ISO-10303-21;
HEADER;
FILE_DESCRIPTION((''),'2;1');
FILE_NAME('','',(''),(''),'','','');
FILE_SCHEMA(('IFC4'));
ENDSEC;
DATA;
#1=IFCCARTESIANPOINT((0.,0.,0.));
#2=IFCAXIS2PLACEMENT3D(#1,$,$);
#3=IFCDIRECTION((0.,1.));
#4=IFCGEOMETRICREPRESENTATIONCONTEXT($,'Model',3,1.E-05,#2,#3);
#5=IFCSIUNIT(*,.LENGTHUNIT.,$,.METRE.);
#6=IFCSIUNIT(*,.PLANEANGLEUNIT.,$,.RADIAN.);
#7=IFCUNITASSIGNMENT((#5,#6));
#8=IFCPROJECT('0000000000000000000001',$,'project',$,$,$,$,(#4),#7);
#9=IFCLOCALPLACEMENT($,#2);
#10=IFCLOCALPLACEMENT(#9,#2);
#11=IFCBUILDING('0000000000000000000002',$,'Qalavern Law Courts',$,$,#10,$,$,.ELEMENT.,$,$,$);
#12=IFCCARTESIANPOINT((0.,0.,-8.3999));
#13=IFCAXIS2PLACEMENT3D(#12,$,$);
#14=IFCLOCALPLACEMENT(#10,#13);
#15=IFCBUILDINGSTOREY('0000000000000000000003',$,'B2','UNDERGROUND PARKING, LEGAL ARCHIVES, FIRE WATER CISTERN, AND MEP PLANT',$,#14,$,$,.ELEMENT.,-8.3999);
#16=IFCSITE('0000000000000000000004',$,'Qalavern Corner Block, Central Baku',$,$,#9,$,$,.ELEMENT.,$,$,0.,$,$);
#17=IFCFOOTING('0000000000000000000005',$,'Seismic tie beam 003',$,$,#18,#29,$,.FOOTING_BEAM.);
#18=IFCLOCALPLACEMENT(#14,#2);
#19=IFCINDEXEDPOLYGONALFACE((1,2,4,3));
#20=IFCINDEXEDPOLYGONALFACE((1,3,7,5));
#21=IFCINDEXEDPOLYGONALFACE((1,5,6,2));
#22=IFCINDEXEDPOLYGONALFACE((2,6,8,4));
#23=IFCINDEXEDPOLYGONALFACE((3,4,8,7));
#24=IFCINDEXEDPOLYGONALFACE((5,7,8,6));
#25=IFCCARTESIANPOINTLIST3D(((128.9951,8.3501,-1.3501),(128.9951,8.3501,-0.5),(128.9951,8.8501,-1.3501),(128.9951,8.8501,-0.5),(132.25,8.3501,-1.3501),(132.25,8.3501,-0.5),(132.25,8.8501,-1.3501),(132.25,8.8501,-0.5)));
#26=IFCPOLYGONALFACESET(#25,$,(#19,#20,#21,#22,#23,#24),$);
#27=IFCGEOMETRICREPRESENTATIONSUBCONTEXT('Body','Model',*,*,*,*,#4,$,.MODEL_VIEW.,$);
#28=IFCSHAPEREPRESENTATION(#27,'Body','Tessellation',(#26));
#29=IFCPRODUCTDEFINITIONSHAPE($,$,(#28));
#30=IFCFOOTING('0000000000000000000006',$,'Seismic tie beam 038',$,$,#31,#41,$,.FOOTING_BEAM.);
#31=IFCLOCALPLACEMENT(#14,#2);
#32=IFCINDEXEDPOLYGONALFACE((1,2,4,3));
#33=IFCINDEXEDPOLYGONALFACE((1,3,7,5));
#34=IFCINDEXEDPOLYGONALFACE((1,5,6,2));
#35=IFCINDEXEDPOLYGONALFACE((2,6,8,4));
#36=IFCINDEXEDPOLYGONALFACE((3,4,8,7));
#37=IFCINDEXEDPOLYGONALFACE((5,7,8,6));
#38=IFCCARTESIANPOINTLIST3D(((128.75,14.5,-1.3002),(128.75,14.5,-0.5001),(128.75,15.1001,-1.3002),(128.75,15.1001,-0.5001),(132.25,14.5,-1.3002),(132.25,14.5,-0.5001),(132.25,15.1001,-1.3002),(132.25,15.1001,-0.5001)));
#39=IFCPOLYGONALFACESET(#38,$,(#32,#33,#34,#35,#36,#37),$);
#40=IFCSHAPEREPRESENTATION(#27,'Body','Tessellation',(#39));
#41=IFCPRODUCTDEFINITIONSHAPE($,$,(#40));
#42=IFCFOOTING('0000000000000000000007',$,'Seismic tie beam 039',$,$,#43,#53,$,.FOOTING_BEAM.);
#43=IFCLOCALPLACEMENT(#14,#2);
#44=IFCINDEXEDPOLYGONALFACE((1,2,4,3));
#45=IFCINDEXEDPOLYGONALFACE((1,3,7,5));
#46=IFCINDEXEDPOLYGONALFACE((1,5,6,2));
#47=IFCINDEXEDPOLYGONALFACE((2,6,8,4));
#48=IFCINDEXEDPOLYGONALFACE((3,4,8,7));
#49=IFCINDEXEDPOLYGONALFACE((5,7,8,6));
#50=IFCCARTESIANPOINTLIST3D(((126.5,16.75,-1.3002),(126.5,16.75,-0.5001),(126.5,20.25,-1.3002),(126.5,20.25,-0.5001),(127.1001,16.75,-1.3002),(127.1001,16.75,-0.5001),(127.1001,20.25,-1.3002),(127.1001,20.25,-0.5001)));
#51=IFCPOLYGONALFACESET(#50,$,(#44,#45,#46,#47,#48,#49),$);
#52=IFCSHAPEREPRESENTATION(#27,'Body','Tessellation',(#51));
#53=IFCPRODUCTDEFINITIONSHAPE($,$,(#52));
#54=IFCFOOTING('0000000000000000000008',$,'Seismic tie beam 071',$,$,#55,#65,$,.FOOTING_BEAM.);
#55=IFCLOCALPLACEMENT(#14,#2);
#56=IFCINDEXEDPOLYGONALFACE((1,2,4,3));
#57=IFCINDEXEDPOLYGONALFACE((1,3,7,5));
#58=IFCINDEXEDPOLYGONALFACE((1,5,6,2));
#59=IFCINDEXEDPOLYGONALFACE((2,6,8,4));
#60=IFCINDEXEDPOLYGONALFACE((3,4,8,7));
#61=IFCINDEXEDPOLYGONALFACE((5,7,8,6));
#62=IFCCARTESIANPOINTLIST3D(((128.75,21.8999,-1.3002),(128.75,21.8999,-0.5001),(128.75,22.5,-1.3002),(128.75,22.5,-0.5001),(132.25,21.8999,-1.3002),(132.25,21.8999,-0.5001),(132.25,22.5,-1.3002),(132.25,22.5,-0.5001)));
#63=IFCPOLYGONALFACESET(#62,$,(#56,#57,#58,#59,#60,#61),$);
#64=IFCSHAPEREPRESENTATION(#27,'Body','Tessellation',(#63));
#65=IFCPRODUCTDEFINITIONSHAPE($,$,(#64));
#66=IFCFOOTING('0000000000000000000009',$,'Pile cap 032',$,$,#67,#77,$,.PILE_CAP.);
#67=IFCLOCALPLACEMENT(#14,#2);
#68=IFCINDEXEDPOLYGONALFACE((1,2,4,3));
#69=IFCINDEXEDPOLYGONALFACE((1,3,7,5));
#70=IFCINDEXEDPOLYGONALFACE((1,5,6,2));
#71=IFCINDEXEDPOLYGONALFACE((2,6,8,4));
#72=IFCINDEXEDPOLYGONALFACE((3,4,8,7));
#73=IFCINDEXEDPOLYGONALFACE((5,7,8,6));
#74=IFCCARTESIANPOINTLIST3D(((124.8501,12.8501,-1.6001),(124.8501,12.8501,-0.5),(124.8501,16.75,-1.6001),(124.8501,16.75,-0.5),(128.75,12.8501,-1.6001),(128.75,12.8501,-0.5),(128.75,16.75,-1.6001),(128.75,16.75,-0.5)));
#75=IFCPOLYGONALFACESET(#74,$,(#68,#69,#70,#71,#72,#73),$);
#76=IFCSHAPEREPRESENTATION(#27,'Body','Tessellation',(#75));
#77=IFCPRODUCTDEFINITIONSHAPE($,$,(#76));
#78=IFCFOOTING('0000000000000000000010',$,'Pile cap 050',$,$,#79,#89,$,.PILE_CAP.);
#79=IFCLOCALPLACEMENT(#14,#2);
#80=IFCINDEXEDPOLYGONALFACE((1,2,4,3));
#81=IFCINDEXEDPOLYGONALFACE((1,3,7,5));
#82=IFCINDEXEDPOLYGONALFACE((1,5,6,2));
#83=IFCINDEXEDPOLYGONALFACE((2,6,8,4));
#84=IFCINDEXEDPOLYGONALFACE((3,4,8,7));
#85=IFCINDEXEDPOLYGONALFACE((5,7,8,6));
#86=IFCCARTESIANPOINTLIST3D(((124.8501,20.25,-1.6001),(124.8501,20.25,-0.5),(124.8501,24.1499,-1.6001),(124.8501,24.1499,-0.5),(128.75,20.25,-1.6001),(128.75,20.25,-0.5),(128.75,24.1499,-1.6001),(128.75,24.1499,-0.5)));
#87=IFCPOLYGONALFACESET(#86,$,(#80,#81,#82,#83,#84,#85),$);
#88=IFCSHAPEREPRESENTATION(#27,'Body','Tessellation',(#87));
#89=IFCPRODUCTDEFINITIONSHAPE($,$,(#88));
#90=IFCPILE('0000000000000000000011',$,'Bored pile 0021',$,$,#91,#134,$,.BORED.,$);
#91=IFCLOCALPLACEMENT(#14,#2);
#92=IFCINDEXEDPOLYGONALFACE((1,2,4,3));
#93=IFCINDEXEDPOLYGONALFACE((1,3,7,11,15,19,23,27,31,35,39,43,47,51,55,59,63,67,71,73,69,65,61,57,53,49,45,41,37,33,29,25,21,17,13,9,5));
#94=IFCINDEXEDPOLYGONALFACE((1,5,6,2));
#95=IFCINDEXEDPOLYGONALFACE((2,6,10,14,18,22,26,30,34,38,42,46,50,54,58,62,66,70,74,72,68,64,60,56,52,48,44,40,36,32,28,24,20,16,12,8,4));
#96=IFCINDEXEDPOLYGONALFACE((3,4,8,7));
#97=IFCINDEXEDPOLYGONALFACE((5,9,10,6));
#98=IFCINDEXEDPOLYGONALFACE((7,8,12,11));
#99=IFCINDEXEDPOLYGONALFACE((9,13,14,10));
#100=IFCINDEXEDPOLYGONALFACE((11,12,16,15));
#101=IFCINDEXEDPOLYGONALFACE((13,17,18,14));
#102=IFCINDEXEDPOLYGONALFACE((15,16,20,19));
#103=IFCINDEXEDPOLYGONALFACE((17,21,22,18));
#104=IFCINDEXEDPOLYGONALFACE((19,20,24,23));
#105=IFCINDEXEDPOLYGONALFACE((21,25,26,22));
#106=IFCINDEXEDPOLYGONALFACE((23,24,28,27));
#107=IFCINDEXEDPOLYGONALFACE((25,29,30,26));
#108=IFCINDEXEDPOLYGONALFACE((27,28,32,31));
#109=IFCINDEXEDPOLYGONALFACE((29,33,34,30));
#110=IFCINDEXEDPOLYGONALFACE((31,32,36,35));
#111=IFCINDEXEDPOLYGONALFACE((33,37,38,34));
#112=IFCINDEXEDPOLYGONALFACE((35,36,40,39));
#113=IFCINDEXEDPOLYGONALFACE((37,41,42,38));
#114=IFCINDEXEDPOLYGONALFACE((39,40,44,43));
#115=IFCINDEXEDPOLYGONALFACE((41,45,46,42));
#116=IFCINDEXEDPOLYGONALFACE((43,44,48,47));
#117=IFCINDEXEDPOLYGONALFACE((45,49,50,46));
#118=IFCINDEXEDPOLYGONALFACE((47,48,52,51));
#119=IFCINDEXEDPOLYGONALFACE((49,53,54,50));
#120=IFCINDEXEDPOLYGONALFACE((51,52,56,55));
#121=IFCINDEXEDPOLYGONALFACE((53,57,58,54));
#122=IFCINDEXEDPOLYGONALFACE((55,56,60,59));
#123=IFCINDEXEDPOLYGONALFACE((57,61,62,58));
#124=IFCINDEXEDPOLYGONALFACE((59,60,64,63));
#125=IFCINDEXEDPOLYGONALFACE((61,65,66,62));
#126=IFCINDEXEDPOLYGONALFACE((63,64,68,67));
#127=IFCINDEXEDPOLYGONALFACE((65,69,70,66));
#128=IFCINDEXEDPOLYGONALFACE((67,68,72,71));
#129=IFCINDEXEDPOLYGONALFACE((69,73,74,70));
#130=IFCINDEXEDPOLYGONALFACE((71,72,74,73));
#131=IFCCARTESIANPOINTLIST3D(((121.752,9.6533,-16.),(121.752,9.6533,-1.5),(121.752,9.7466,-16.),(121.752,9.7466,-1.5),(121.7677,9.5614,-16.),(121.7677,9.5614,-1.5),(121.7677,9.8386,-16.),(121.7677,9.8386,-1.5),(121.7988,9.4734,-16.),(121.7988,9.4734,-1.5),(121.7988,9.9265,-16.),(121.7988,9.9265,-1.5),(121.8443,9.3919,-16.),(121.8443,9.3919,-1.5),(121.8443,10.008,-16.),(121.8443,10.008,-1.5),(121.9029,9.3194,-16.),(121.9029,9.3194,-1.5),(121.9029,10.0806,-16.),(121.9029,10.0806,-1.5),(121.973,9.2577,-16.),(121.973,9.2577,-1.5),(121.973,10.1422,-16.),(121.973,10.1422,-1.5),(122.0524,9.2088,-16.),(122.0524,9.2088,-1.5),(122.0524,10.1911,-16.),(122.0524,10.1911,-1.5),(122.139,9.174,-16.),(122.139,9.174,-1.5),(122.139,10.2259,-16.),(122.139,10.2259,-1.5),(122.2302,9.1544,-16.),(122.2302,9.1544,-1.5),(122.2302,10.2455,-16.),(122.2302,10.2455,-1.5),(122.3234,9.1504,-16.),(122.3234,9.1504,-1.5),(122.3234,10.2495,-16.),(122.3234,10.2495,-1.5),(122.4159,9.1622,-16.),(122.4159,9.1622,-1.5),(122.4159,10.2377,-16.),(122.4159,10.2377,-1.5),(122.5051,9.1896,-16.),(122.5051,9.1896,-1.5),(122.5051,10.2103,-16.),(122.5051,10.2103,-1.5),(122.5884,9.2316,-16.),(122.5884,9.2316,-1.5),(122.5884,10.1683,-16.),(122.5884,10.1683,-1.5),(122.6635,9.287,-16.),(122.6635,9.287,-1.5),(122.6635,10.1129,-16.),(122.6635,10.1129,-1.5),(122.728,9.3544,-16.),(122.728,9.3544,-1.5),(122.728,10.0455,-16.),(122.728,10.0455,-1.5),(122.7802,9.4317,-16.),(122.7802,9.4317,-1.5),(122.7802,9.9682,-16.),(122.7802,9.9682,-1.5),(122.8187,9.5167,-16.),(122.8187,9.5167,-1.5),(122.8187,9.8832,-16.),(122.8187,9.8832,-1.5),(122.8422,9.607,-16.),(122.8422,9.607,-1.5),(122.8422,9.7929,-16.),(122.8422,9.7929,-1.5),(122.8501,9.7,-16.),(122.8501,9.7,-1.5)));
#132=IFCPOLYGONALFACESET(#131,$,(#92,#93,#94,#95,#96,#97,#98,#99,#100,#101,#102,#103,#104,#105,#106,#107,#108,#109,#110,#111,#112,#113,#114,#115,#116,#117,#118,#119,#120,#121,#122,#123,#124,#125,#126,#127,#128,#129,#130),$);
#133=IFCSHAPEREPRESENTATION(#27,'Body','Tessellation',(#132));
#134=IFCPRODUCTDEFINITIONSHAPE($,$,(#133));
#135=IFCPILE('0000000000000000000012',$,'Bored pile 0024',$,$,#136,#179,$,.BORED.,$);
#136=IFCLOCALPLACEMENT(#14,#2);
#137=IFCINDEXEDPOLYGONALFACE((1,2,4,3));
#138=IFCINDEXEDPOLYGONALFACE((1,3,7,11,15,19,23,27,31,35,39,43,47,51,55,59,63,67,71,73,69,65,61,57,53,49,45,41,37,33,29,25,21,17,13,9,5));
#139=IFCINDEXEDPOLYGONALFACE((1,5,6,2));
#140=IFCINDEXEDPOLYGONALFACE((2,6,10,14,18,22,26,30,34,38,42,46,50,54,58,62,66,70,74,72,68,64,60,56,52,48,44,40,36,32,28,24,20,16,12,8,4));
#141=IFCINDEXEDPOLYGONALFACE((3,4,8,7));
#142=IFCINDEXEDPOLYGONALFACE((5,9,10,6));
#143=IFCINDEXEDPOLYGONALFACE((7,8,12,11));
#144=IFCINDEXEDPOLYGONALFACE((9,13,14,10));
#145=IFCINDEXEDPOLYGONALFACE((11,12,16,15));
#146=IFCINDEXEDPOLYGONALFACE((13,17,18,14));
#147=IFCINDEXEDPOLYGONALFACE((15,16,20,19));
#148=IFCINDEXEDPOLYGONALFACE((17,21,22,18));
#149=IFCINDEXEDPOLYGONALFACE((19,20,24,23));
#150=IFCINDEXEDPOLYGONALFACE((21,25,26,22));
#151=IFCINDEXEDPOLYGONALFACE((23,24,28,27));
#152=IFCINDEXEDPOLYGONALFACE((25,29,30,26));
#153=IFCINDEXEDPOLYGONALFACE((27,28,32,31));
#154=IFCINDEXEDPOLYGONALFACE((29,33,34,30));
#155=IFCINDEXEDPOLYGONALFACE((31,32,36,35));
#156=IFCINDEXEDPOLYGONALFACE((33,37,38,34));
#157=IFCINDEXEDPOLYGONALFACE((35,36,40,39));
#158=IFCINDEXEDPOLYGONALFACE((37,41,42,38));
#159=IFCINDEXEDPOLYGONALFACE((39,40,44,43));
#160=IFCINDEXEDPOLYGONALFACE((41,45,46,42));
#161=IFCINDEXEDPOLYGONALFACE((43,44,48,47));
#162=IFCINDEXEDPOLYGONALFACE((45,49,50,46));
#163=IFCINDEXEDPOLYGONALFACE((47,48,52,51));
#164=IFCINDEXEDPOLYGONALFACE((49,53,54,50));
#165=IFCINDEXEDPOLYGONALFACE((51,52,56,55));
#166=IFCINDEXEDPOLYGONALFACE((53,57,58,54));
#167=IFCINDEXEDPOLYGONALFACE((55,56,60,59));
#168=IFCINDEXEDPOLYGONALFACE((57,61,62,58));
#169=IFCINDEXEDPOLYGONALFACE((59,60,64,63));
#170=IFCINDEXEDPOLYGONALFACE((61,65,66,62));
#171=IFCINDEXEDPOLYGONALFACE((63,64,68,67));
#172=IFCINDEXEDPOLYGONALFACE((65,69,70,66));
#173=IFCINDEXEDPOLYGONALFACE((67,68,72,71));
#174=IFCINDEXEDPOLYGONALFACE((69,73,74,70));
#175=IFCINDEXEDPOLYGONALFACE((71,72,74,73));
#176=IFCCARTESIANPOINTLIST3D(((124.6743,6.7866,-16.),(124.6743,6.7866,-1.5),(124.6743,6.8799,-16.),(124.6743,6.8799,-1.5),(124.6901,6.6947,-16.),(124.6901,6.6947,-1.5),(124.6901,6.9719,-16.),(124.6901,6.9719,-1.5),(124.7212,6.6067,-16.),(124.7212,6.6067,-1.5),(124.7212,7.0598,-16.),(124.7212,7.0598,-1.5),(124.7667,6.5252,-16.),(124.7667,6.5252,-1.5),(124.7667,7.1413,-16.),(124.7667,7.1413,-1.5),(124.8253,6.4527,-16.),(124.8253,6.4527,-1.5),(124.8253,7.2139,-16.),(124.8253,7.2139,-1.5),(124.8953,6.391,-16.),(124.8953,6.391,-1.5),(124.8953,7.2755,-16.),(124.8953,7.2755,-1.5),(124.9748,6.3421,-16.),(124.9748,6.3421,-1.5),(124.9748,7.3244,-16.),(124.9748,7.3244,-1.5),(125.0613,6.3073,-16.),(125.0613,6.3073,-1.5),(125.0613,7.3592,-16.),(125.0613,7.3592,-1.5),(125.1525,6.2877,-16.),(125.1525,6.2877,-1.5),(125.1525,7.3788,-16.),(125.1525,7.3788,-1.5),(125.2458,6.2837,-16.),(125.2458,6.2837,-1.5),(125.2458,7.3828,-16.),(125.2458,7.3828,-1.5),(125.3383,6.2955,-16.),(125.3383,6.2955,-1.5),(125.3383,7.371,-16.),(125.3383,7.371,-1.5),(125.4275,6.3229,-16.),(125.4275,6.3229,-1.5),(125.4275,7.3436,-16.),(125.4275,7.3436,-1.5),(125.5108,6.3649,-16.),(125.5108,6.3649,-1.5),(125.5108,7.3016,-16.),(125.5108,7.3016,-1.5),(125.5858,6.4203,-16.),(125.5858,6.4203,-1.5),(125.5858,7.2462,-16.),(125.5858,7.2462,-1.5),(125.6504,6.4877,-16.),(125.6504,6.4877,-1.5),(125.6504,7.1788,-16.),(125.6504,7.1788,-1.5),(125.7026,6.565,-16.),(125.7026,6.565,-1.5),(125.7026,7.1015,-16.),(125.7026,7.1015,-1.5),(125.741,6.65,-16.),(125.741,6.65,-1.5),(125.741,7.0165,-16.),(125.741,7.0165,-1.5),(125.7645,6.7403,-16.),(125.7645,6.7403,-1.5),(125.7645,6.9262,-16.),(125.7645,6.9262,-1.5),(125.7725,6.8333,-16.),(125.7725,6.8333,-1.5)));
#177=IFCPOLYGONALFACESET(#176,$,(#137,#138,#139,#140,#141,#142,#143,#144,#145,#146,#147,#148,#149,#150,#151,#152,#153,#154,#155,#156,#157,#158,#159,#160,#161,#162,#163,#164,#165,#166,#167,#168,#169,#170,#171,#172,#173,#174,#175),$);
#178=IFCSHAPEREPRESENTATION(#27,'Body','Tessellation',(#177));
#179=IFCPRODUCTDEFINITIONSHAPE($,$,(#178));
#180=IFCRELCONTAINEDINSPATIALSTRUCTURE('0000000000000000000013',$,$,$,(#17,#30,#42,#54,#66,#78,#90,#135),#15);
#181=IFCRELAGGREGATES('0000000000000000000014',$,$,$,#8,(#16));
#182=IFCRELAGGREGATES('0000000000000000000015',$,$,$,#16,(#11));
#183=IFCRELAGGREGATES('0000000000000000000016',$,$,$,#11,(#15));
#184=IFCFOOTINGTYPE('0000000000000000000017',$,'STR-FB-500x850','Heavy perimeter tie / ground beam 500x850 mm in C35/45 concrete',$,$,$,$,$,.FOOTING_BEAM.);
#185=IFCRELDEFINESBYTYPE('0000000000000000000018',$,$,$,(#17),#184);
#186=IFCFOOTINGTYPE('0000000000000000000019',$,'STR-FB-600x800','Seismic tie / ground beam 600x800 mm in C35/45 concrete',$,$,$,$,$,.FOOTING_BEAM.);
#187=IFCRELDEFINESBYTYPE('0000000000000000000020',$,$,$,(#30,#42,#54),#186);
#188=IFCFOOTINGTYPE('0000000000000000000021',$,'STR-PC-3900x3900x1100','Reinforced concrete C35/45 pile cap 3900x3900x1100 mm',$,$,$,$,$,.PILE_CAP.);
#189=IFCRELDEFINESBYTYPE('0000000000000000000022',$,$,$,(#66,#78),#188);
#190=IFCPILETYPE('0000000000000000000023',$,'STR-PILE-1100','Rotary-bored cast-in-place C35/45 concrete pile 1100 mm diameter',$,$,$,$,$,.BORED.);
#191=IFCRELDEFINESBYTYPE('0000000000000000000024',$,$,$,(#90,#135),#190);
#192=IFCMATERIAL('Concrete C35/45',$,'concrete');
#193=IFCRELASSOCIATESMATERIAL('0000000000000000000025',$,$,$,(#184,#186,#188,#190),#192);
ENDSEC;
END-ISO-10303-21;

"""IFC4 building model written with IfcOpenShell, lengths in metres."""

from ifc_helpers import new_model, si_unit, direction, frame, origin, origin_2d, place, context, subcontext, project, spatial, rectangle, circle, extrude, material, material_profile, profile_set, type_object, element, save


model = new_model("IFC4")

# Units and contexts
model_context = context("Model", 3, precision=1e-05, world=origin(), true_north=direction((0.0, 1.0)))
body_context = subcontext(model_context, "Body", "Model", "MODEL_VIEW")
ifc_project = project(units=[si_unit("LENGTHUNIT", "METRE"), si_unit("PLANEANGLEUNIT", "RADIAN")], contexts=[model_context])

# Site, building, storey
site_placement = place(None, origin())
site = spatial("IfcSite", under=ifc_project, at=site_placement, Name="Qalavern Corner Block, Central Baku", CompositionType="ELEMENT", RefElevation=0.0)
building_placement = place(site_placement, origin())
building = spatial("IfcBuilding", under=site, at=building_placement, Name="Qalavern Law Courts", CompositionType="ELEMENT")
storey_placement = place(building_placement, frame((0.0, 0.0, -8.3999)))
storey = spatial("IfcBuildingStorey", under=building, at=storey_placement, Name="B2", Description="UNDERGROUND PARKING, LEGAL ARCHIVES, FIRE WATER CISTERN, AND MEP PLANT", CompositionType="ELEMENT", Elevation=-8.3999)

# Footings
ifc_material_1 = material(Name="Concrete C35/45", Category="concrete")
ifc_material_profile_1 = material_profile(ifc_material_1, rectangle(XDim=0.5, YDim=0.8501, at=origin_2d()), Name="RC 500x850")
ifc_profile_set_1 = profile_set([ifc_material_profile_1], Name="Concrete C35/45")
footing_type_1 = type_object("IfcFootingType", Name="STR-FB-500x850", Description="Heavy perimeter tie / ground beam 500x850 mm in C35/45 concrete", PredefinedType="FOOTING_BEAM", material=ifc_profile_set_1)
footing_placement = place(storey_placement, frame((128.9951, 8.6001, -0.925), z_axis=(1.0, 0.0, 0.0), x_axis=(0.0, 1.0, 0.0)))
element("IfcFooting", 1, at=footing_placement, inside=storey, type_object=footing_type_1, Name="Seismic tie beam 003", PredefinedType="FOOTING_BEAM", context=body_context, shape_type="SweptSolid", body=[
    extrude(rectangle(XDim=0.5, YDim=0.8501, at=origin_2d()), origin(), (0.0, 0.0, 1.0), 3.2549),
])
ifc_material_profile_2 = material_profile(ifc_material_1, rectangle(XDim=0.6001, YDim=0.8, at=origin_2d()), Name="RC 600x800")
ifc_profile_set_2 = profile_set([ifc_material_profile_2], Name="Concrete C35/45")
footing_type_2 = type_object("IfcFootingType", Name="STR-FB-600x800", Description="Seismic tie / ground beam 600x800 mm in C35/45 concrete", PredefinedType="FOOTING_BEAM", material=ifc_profile_set_2)
for number, where, z_axis, x_axis, name in (
    (2, (128.75, 14.8, -0.9001), (1.0, 0.0, 0.0), (0.0, 1.0, 0.0), "Seismic tie beam 038"),
    (3, (126.8, 16.75, -0.9001), (0.0, 1.0, 0.0), (-1.0, 0.0, 0.0), "Seismic tie beam 039"),
    (4, (128.75, 22.2, -0.9001), (1.0, 0.0, 0.0), (0.0, 1.0, 0.0), "Seismic tie beam 071"),
):
    element("IfcFooting", number, at=place(storey_placement, frame(where, z_axis=z_axis, x_axis=x_axis)), inside=storey, type_object=footing_type_2, Name=name, PredefinedType="FOOTING_BEAM", context=body_context, shape_type="SweptSolid", body=[
        extrude(rectangle(XDim=0.6001, YDim=0.8, at=origin_2d()), origin(), (0.0, 0.0, 1.0), 3.5),
    ])
footing_type_3 = type_object("IfcFootingType", Name="STR-PC-3900x3900x1100", Description="Reinforced concrete C35/45 pile cap 3900x3900x1100 mm", PredefinedType="PILE_CAP", material=ifc_material_1)
for number, where, z_axis, x_axis, name in (
    (5, (126.8, 14.8, -1.6001), (0.0, 0.0, 1.0), (1.0, 0.0, 0.0), "Pile cap 032"),
    (6, (126.8, 22.2, -1.6001), (0.0, 0.0, 1.0), (1.0, 0.0, 0.0), "Pile cap 050"),
):
    element("IfcFooting", number, at=place(storey_placement, frame(where, z_axis=z_axis, x_axis=x_axis)), inside=storey, type_object=footing_type_3, Name=name, PredefinedType="PILE_CAP", context=body_context, shape_type="SweptSolid", body=[
        extrude(rectangle(XDim=3.8999, YDim=3.8999, at=origin_2d()), origin(), (0.0, 0.0, 1.0), 1.1001),
    ])

# Piles
ifc_material_profile_3 = material_profile(ifc_material_1, circle(Radius=0.55, at=origin_2d()), Name="BORED PILE 1100")
ifc_profile_set_3 = profile_set([ifc_material_profile_3], Name="Concrete C35/45")
pile_type_1 = type_object("IfcPileType", Name="STR-PILE-1100", Description="Rotary-bored cast-in-place C35/45 concrete pile 1100 mm diameter", PredefinedType="BORED", material=ifc_profile_set_3)
for number, where, z_axis, x_axis, name in (
    (7, (122.3, 9.7, -1.5), (0.0, 0.0, -1.0), (1.0, 0.0, 0.0), "Bored pile 0021"),
    (8, (125.2224, 6.8333, -1.5), (0.0, 0.0, -1.0), (1.0, 0.0, 0.0), "Bored pile 0024"),
):
    element("IfcPile", number, at=place(storey_placement, frame(where, z_axis=z_axis, x_axis=x_axis)), inside=storey, type_object=pile_type_1, Name=name, PredefinedType="BORED", context=body_context, shape_type="SweptSolid", body=[
        extrude(circle(Radius=0.55, at=origin_2d()), origin(), (0.0, 0.0, 1.0), 14.5),
    ])

save(model, "model.ifc")
